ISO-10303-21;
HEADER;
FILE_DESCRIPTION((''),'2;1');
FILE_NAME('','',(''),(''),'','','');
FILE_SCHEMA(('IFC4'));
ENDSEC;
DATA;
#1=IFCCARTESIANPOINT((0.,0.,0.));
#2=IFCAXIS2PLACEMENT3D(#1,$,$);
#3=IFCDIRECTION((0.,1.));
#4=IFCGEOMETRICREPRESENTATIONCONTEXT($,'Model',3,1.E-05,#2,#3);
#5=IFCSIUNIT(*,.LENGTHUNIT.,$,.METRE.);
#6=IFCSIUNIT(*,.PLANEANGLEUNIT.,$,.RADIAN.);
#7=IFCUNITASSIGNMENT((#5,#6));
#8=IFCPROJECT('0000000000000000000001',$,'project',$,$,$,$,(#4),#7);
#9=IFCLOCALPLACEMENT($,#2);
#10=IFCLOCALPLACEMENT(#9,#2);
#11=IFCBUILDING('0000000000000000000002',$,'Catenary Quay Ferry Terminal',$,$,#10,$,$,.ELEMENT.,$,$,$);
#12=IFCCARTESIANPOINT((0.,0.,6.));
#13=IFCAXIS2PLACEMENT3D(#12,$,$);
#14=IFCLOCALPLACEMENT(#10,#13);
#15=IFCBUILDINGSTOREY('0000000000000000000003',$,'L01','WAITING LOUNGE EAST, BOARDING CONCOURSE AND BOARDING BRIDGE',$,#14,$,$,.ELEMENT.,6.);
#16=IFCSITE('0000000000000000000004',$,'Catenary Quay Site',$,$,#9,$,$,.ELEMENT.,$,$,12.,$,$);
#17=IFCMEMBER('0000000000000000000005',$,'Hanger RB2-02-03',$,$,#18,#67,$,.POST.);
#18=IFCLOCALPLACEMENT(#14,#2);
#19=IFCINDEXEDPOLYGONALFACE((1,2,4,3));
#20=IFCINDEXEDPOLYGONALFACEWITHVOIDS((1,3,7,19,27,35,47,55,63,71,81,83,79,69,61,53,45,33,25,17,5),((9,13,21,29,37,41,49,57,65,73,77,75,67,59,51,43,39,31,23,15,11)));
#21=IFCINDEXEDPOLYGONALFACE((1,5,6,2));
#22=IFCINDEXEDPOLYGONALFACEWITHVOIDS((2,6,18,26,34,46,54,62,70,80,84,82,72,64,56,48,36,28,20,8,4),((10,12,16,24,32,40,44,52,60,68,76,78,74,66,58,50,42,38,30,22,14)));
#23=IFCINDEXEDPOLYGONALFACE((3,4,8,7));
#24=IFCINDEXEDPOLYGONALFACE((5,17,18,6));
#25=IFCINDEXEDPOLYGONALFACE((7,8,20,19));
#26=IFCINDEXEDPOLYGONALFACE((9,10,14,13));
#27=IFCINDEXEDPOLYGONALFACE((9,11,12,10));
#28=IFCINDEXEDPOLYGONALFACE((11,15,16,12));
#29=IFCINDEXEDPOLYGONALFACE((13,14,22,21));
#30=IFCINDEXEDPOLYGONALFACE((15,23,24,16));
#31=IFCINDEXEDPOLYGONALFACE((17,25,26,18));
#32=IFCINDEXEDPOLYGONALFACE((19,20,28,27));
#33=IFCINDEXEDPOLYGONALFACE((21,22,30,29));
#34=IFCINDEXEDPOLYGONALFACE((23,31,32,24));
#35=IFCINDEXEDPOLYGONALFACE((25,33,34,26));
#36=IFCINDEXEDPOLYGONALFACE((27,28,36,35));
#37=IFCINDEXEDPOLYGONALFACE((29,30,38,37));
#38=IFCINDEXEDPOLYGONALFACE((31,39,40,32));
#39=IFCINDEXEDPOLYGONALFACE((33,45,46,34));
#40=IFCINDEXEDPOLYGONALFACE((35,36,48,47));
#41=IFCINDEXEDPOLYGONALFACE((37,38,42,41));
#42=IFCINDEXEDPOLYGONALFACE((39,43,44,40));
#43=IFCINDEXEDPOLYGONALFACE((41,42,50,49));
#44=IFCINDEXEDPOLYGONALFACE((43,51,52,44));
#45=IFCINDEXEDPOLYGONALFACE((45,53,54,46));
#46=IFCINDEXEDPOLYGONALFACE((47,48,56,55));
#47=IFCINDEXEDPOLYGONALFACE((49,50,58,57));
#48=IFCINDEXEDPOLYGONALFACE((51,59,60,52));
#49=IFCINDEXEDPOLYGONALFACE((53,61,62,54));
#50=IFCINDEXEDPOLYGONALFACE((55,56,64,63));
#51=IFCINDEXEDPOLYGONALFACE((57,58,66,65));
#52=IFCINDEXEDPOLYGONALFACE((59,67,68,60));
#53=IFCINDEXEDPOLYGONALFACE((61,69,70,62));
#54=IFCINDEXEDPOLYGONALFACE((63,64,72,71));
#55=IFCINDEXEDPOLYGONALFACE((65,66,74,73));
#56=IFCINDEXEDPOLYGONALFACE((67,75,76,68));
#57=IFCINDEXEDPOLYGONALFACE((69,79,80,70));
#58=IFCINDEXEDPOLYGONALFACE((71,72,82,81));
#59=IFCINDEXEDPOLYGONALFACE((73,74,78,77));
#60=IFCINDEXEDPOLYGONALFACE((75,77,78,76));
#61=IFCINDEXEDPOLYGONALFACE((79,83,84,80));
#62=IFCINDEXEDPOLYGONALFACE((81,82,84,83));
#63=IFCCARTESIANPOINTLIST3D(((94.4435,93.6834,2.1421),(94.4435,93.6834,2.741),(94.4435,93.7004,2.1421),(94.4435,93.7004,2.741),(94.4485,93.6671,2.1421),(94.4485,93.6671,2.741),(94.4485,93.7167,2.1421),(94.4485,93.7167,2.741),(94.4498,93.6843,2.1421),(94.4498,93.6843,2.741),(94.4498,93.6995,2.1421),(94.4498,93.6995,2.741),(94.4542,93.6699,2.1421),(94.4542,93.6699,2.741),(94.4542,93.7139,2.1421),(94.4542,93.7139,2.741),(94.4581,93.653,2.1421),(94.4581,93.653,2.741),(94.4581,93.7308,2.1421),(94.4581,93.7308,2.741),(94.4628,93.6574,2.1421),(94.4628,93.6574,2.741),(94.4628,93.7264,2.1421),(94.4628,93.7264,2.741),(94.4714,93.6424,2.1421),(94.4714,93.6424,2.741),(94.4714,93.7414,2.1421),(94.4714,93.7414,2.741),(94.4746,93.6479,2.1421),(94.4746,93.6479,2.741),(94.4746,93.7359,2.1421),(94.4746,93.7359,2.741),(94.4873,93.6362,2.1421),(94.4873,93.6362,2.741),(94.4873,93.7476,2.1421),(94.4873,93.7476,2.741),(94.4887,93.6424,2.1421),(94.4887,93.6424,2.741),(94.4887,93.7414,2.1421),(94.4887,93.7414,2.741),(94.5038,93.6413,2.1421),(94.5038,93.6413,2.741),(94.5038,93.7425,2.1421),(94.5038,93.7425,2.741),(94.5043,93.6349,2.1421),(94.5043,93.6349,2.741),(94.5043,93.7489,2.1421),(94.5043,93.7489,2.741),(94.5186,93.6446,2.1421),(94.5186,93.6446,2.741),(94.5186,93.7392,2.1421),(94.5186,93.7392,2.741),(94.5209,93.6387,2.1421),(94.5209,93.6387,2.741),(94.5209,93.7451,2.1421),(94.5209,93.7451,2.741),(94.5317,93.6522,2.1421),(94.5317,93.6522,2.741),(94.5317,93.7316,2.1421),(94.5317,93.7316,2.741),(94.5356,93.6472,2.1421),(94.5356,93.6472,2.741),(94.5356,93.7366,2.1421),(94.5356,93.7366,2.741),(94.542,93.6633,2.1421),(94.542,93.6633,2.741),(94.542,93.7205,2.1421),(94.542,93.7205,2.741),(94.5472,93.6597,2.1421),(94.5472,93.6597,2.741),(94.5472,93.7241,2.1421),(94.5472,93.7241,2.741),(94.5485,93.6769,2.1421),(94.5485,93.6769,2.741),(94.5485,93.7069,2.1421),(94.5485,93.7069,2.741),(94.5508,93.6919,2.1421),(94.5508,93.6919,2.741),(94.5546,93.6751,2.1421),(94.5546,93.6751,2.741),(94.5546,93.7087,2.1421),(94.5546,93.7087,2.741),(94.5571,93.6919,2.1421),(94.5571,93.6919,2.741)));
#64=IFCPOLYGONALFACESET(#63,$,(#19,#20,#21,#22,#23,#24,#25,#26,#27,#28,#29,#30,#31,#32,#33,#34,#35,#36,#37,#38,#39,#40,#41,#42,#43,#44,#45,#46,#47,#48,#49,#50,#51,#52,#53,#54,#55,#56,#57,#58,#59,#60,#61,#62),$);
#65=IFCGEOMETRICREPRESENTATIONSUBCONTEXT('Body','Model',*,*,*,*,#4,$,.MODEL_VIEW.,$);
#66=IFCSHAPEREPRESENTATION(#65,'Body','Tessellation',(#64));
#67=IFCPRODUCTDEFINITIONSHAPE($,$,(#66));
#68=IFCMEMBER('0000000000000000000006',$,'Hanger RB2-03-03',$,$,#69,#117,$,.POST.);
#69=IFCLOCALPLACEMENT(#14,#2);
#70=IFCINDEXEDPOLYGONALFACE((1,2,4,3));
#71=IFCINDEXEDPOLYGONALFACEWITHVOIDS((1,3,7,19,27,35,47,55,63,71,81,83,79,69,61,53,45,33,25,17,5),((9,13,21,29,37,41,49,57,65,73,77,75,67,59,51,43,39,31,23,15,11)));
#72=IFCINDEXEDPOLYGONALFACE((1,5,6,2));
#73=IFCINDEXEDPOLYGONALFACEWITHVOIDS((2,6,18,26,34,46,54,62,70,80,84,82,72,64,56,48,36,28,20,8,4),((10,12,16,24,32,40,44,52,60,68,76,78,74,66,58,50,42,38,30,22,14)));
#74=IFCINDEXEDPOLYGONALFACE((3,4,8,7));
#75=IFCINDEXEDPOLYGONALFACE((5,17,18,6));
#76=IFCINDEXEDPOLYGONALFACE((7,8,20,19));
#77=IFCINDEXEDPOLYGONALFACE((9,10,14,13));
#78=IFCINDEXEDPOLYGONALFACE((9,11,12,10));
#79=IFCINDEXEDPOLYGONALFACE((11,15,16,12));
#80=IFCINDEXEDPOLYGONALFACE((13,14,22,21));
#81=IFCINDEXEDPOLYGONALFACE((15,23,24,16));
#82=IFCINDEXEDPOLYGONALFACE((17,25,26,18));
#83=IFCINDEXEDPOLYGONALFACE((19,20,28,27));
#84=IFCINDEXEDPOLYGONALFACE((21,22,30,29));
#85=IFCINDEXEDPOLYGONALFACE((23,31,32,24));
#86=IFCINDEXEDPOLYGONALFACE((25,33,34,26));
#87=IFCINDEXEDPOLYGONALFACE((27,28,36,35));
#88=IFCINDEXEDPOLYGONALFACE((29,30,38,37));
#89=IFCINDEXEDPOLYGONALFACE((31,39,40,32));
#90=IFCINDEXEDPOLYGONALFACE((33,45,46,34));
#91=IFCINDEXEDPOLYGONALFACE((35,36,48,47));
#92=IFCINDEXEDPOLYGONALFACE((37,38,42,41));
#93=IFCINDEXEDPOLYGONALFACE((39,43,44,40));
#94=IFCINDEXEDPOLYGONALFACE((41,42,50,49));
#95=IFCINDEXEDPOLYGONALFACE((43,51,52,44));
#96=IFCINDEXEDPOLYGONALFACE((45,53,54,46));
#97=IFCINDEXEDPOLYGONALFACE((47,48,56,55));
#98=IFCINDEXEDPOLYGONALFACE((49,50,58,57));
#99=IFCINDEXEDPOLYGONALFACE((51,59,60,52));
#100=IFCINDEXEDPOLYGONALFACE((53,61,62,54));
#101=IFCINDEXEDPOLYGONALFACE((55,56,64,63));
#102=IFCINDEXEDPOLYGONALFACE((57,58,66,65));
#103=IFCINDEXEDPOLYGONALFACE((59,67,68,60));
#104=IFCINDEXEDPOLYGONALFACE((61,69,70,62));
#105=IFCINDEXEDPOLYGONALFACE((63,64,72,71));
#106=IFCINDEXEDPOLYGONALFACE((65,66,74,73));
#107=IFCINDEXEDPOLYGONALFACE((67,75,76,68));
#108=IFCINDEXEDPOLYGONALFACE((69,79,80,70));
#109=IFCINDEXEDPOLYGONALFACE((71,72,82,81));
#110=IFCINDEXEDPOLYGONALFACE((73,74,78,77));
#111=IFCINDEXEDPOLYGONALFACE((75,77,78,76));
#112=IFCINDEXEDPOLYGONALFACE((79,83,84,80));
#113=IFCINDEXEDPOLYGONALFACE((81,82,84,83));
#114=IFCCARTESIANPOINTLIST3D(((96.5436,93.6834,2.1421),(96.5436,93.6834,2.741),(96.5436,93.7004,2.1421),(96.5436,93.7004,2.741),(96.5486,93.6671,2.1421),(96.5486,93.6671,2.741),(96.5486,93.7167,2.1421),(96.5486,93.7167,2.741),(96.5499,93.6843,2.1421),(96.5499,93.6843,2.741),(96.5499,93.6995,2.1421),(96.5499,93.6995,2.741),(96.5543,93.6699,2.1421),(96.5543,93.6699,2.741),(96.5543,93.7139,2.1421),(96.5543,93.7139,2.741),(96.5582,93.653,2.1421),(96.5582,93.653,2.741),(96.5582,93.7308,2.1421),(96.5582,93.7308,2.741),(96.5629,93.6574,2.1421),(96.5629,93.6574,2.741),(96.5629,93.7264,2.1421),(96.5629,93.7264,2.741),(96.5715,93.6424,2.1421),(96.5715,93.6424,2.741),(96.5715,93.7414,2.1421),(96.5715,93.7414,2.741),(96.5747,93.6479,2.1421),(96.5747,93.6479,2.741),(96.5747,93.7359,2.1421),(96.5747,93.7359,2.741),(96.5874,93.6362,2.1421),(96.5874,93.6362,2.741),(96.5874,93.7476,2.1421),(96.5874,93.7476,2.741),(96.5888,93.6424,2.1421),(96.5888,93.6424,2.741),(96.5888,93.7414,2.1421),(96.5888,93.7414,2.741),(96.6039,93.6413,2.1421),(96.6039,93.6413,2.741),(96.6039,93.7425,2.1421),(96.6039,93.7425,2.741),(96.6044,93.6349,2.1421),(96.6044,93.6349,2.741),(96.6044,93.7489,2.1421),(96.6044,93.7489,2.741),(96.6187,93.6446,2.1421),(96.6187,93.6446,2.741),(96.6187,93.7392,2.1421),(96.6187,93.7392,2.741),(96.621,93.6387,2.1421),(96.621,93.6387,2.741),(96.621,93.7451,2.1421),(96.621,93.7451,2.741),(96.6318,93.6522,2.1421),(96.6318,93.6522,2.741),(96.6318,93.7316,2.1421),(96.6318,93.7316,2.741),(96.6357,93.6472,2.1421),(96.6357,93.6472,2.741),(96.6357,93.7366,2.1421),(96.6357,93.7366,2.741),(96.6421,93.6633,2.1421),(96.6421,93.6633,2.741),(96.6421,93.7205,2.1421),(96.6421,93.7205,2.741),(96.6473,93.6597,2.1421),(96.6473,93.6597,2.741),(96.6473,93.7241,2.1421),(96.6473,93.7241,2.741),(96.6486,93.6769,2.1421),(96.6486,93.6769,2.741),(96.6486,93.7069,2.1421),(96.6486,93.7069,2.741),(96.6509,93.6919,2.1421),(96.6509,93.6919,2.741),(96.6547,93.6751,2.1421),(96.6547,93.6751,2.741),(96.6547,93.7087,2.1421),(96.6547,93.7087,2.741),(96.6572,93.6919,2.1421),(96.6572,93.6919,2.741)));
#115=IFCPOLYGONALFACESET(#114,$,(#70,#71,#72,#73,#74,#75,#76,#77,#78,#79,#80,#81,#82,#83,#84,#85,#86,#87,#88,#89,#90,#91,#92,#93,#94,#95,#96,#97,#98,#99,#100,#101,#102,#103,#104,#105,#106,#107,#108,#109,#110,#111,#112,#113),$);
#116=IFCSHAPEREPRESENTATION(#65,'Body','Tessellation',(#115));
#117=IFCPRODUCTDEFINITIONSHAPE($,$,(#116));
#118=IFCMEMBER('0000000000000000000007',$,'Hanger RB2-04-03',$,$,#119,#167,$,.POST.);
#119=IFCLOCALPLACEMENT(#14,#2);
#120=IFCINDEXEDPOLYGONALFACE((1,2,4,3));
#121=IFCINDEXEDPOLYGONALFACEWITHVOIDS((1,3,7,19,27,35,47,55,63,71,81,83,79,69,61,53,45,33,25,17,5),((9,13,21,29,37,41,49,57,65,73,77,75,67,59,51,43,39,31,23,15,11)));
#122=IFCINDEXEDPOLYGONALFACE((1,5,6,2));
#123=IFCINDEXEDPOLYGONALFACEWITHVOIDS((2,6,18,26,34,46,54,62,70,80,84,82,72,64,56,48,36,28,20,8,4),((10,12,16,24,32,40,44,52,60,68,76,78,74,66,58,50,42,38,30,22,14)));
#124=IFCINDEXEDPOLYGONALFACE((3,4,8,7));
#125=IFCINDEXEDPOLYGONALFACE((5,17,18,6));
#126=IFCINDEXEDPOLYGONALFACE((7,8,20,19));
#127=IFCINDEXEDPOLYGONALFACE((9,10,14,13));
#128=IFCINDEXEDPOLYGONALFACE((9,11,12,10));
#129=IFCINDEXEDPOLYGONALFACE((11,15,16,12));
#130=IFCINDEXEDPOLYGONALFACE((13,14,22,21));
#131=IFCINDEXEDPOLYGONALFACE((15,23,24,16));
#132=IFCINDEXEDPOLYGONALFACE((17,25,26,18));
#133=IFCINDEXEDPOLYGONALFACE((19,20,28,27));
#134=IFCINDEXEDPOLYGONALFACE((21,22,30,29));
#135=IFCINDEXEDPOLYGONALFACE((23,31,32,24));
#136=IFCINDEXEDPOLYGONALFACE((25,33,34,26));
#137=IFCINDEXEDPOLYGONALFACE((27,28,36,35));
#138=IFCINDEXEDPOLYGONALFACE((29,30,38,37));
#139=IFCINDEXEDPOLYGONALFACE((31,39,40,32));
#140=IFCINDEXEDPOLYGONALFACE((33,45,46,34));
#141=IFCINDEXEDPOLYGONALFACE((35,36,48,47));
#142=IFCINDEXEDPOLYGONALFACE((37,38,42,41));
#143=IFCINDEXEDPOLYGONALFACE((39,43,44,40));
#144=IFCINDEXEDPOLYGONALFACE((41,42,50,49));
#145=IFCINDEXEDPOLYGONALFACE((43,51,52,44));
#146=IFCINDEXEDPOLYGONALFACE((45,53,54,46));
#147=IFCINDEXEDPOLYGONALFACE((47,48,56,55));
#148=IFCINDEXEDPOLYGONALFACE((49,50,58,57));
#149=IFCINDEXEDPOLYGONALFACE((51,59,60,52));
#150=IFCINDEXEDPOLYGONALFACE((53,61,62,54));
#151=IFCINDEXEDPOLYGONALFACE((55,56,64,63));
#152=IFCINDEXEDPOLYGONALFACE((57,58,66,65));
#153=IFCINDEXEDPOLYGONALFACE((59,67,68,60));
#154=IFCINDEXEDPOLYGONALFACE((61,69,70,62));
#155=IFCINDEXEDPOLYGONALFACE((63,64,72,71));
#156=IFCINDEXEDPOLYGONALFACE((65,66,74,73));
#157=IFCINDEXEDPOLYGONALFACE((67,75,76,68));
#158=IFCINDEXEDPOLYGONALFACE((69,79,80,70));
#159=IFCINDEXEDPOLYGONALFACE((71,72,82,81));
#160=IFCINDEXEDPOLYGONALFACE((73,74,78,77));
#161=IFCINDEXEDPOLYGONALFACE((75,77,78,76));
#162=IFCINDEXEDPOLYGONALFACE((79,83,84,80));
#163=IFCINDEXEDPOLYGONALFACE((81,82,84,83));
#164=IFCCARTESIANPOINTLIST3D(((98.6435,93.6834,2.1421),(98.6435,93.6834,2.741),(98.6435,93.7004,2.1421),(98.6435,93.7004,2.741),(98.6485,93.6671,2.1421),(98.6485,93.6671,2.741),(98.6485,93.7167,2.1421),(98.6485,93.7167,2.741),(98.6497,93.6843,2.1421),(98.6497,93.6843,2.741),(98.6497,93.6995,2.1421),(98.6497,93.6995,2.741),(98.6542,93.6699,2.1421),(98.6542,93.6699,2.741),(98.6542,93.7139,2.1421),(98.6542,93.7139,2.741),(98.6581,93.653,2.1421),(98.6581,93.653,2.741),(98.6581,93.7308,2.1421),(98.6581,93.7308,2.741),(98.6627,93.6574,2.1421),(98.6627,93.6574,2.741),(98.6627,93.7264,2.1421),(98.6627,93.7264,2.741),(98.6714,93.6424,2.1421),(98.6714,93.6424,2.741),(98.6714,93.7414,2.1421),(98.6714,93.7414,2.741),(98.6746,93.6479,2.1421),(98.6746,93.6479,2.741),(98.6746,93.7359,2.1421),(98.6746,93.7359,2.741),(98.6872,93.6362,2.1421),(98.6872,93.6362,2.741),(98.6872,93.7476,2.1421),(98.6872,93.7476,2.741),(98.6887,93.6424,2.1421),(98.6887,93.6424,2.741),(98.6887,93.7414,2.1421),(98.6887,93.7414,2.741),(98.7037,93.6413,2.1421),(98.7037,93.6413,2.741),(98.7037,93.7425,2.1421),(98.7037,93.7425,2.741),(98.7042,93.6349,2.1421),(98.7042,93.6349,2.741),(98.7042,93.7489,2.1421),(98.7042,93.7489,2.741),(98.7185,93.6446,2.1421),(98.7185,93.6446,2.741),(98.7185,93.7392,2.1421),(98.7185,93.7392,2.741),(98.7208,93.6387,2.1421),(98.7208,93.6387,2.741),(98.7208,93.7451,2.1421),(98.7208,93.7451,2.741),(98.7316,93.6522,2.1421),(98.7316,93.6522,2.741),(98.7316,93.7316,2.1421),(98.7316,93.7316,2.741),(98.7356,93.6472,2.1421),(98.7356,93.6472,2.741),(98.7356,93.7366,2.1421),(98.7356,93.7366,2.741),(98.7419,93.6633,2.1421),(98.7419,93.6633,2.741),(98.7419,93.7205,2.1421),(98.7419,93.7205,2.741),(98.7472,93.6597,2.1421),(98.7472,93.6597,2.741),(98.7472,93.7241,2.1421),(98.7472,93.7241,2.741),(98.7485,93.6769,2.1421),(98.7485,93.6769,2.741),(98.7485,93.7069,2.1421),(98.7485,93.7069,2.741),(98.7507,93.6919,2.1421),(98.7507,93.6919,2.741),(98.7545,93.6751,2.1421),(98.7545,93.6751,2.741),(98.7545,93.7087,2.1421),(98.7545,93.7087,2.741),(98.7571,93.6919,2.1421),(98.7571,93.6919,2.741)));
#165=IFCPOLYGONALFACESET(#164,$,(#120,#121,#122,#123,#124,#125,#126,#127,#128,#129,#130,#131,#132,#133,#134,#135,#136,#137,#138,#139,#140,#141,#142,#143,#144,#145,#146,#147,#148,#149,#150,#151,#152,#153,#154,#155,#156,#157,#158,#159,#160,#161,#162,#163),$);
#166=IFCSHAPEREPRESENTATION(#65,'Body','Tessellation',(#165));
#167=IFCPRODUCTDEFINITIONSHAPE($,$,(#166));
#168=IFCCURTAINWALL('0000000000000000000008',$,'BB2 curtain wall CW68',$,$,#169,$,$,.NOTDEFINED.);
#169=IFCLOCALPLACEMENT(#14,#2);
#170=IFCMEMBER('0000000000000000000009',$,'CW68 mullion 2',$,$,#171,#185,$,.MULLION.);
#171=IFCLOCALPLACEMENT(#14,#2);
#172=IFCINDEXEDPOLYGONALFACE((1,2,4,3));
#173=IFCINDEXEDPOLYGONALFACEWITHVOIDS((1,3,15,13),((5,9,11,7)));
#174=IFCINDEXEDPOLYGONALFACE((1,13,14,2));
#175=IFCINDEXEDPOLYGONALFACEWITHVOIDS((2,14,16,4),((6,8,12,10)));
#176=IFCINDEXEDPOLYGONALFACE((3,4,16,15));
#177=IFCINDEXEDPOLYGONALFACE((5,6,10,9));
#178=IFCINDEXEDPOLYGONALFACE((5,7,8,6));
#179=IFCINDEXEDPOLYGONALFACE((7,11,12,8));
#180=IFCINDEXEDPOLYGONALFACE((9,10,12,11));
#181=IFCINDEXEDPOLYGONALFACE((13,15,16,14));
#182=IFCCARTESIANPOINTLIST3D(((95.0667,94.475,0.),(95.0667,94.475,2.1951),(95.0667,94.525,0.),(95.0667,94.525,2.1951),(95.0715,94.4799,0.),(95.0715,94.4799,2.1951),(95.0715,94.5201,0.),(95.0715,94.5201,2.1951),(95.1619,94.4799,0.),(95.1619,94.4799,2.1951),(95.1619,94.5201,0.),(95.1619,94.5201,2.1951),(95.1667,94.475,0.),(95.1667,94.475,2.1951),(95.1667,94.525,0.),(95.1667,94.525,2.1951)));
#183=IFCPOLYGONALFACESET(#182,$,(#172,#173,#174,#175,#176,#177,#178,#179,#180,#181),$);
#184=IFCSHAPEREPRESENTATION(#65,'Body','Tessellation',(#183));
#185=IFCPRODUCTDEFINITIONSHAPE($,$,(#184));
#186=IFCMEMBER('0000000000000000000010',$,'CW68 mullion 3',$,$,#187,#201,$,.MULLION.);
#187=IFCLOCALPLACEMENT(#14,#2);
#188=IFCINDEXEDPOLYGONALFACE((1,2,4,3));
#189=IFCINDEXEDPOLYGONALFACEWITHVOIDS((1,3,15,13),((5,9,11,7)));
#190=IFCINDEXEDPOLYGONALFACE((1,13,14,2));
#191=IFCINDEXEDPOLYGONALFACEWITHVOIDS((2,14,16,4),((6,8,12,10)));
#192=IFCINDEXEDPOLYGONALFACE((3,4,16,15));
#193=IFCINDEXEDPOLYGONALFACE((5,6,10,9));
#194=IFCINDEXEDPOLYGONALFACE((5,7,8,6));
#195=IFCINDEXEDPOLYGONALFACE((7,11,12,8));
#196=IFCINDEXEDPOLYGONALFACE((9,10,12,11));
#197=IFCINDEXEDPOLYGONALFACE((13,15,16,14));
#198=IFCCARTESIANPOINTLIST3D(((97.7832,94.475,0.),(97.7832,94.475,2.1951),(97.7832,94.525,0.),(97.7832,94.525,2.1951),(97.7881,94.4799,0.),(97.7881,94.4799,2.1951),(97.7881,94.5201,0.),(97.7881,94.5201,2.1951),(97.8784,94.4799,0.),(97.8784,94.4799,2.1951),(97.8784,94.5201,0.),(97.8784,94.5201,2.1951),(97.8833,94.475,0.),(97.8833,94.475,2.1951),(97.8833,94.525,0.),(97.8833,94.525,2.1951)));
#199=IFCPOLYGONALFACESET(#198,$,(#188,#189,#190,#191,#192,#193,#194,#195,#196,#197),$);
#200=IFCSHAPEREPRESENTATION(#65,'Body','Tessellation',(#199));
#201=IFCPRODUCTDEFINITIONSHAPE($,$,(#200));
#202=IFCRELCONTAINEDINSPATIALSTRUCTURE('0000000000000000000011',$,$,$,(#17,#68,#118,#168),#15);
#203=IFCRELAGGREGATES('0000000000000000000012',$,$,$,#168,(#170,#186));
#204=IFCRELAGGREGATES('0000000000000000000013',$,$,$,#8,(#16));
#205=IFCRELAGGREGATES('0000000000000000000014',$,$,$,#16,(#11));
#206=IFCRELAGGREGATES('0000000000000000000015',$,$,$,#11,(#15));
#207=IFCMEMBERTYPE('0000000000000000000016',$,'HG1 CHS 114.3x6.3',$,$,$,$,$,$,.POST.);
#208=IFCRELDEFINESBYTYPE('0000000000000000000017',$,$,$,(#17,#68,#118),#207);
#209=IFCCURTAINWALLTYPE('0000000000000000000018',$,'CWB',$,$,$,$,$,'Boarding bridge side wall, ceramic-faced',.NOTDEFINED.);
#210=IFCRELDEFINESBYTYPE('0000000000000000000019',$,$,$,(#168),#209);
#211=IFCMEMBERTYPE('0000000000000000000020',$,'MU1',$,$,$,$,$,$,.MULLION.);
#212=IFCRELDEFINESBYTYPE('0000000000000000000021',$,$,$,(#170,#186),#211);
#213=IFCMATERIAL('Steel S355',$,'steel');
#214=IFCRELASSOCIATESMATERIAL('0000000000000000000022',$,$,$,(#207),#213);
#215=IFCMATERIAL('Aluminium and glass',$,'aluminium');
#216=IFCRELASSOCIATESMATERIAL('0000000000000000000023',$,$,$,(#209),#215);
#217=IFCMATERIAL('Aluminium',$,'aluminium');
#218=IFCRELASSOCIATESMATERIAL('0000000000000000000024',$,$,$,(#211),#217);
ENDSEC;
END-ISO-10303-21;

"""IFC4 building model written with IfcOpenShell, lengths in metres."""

from ifc_helpers import new_model, si_unit, direction, frame, origin, origin_2d, place, context, subcontext, project, spatial, hollow_rectangle, hollow_circle, extrude, material, material_profile, profile_set, type_object, element, aggregate, save


model = new_model("IFC4")

# Units and contexts
model_context = context("Model", 3, precision=1e-05, world=origin(), true_north=direction((0.0, 1.0)))
body_context = subcontext(model_context, "Body", "Model", "MODEL_VIEW")
ifc_project = project(units=[si_unit("LENGTHUNIT", "METRE"), si_unit("PLANEANGLEUNIT", "RADIAN")], contexts=[model_context])

# Site, building, storey
site_placement = place(None, origin())
site = spatial("IfcSite", under=ifc_project, at=site_placement, Name="Catenary Quay Site", CompositionType="ELEMENT", RefElevation=12.0)
building_placement = place(site_placement, origin())
building = spatial("IfcBuilding", under=site, at=building_placement, Name="Catenary Quay Ferry Terminal", CompositionType="ELEMENT")
storey_placement = place(building_placement, frame((0.0, 0.0, 6.0)))
storey = spatial("IfcBuildingStorey", under=building, at=storey_placement, Name="L01", Description="WAITING LOUNGE EAST, BOARDING CONCOURSE AND BOARDING BRIDGE", CompositionType="ELEMENT", Elevation=6.0)

# Members
ifc_material_1 = material(Name="Steel S355", Category="steel")
ifc_material_profile_1 = material_profile(ifc_material_1, hollow_circle(Radius=0.0571, WallThickness=0.0063, at=origin_2d()), Name="CHS 114.3x6.3")
ifc_profile_set_1 = profile_set([ifc_material_profile_1], Name="Steel S355")
member_type_1 = type_object("IfcMemberType", Name="HG1 CHS 114.3x6.3", PredefinedType="POST", material=ifc_profile_set_1)
for number, where, z_axis, x_axis, name in (
    (1, (94.5, 93.6919, 2.1421), (0.0, 0.0, 1.0), (1.0, 0.0, 0.0), "Hanger RB2-02-03"),
    (2, (96.6001, 93.6919, 2.1421), (0.0, 0.0, 1.0), (1.0, 0.0, 0.0), "Hanger RB2-03-03"),
    (3, (98.7, 93.6919, 2.1421), (0.0, 0.0, 1.0), (1.0, 0.0, 0.0), "Hanger RB2-04-03"),
):
    element("IfcMember", number, at=place(storey_placement, frame(where, z_axis=z_axis, x_axis=x_axis)), inside=storey, type_object=member_type_1, Name=name, PredefinedType="POST", context=body_context, shape_type="SweptSolid", body=[
        extrude(hollow_circle(Radius=0.0571, WallThickness=0.0063, at=origin_2d()), origin(), (0.0, 0.0, 1.0), 0.5989),
    ])

# Curtain wall, members
ifc_material_2 = material(Name="Aluminium and glass", Category="aluminium")
curtain_wall_type = type_object("IfcCurtainWallType", Name="CWB", ElementType="Boarding bridge side wall, ceramic-faced", PredefinedType="NOTDEFINED", material=ifc_material_2)
curtain_wall_placement = place(storey_placement, origin())
curtain_wall = element("IfcCurtainWall", 4, at=curtain_wall_placement, inside=storey, type_object=curtain_wall_type, Name="BB2 curtain wall CW68", PredefinedType="NOTDEFINED")
ifc_material_3 = material(Name="Aluminium", Category="aluminium")
ifc_material_profile_2 = material_profile(ifc_material_3, hollow_rectangle(XDim=0.05, YDim=0.1001, WallThickness=0.0049, at=origin_2d()), Name="MU1")
ifc_profile_set_2 = profile_set([ifc_material_profile_2], Name="Aluminium")
member_type_2 = type_object("IfcMemberType", Name="MU1", PredefinedType="MULLION", material=ifc_profile_set_2)
member_1_placement = place(storey_placement, frame((95.1167, 94.5, 0.0), z_axis=(0.0, 0.0, 1.0), x_axis=(0.0, 1.0, 0.0)))
member_1 = element("IfcMember", 5, at=member_1_placement, type_object=member_type_2, Name="CW68 mullion 2", PredefinedType="MULLION", context=body_context, shape_type="SweptSolid", body=[
    extrude(hollow_rectangle(XDim=0.05, YDim=0.1001, WallThickness=0.0049, at=origin_2d()), origin(), (0.0, 0.0, 1.0), 2.1951),
])
member_2_placement = place(storey_placement, frame((97.8333, 94.5, 0.0), z_axis=(0.0, 0.0, 1.0), x_axis=(0.0, 1.0, 0.0)))
member_2 = element("IfcMember", 6, at=member_2_placement, type_object=member_type_2, Name="CW68 mullion 3", PredefinedType="MULLION", context=body_context, shape_type="SweptSolid", body=[
    extrude(hollow_rectangle(XDim=0.05, YDim=0.1001, WallThickness=0.0049, at=origin_2d()), origin(), (0.0, 0.0, 1.0), 2.1951),
])

aggregate(curtain_wall, [member_1, member_2])

save(model, "model.ifc")
